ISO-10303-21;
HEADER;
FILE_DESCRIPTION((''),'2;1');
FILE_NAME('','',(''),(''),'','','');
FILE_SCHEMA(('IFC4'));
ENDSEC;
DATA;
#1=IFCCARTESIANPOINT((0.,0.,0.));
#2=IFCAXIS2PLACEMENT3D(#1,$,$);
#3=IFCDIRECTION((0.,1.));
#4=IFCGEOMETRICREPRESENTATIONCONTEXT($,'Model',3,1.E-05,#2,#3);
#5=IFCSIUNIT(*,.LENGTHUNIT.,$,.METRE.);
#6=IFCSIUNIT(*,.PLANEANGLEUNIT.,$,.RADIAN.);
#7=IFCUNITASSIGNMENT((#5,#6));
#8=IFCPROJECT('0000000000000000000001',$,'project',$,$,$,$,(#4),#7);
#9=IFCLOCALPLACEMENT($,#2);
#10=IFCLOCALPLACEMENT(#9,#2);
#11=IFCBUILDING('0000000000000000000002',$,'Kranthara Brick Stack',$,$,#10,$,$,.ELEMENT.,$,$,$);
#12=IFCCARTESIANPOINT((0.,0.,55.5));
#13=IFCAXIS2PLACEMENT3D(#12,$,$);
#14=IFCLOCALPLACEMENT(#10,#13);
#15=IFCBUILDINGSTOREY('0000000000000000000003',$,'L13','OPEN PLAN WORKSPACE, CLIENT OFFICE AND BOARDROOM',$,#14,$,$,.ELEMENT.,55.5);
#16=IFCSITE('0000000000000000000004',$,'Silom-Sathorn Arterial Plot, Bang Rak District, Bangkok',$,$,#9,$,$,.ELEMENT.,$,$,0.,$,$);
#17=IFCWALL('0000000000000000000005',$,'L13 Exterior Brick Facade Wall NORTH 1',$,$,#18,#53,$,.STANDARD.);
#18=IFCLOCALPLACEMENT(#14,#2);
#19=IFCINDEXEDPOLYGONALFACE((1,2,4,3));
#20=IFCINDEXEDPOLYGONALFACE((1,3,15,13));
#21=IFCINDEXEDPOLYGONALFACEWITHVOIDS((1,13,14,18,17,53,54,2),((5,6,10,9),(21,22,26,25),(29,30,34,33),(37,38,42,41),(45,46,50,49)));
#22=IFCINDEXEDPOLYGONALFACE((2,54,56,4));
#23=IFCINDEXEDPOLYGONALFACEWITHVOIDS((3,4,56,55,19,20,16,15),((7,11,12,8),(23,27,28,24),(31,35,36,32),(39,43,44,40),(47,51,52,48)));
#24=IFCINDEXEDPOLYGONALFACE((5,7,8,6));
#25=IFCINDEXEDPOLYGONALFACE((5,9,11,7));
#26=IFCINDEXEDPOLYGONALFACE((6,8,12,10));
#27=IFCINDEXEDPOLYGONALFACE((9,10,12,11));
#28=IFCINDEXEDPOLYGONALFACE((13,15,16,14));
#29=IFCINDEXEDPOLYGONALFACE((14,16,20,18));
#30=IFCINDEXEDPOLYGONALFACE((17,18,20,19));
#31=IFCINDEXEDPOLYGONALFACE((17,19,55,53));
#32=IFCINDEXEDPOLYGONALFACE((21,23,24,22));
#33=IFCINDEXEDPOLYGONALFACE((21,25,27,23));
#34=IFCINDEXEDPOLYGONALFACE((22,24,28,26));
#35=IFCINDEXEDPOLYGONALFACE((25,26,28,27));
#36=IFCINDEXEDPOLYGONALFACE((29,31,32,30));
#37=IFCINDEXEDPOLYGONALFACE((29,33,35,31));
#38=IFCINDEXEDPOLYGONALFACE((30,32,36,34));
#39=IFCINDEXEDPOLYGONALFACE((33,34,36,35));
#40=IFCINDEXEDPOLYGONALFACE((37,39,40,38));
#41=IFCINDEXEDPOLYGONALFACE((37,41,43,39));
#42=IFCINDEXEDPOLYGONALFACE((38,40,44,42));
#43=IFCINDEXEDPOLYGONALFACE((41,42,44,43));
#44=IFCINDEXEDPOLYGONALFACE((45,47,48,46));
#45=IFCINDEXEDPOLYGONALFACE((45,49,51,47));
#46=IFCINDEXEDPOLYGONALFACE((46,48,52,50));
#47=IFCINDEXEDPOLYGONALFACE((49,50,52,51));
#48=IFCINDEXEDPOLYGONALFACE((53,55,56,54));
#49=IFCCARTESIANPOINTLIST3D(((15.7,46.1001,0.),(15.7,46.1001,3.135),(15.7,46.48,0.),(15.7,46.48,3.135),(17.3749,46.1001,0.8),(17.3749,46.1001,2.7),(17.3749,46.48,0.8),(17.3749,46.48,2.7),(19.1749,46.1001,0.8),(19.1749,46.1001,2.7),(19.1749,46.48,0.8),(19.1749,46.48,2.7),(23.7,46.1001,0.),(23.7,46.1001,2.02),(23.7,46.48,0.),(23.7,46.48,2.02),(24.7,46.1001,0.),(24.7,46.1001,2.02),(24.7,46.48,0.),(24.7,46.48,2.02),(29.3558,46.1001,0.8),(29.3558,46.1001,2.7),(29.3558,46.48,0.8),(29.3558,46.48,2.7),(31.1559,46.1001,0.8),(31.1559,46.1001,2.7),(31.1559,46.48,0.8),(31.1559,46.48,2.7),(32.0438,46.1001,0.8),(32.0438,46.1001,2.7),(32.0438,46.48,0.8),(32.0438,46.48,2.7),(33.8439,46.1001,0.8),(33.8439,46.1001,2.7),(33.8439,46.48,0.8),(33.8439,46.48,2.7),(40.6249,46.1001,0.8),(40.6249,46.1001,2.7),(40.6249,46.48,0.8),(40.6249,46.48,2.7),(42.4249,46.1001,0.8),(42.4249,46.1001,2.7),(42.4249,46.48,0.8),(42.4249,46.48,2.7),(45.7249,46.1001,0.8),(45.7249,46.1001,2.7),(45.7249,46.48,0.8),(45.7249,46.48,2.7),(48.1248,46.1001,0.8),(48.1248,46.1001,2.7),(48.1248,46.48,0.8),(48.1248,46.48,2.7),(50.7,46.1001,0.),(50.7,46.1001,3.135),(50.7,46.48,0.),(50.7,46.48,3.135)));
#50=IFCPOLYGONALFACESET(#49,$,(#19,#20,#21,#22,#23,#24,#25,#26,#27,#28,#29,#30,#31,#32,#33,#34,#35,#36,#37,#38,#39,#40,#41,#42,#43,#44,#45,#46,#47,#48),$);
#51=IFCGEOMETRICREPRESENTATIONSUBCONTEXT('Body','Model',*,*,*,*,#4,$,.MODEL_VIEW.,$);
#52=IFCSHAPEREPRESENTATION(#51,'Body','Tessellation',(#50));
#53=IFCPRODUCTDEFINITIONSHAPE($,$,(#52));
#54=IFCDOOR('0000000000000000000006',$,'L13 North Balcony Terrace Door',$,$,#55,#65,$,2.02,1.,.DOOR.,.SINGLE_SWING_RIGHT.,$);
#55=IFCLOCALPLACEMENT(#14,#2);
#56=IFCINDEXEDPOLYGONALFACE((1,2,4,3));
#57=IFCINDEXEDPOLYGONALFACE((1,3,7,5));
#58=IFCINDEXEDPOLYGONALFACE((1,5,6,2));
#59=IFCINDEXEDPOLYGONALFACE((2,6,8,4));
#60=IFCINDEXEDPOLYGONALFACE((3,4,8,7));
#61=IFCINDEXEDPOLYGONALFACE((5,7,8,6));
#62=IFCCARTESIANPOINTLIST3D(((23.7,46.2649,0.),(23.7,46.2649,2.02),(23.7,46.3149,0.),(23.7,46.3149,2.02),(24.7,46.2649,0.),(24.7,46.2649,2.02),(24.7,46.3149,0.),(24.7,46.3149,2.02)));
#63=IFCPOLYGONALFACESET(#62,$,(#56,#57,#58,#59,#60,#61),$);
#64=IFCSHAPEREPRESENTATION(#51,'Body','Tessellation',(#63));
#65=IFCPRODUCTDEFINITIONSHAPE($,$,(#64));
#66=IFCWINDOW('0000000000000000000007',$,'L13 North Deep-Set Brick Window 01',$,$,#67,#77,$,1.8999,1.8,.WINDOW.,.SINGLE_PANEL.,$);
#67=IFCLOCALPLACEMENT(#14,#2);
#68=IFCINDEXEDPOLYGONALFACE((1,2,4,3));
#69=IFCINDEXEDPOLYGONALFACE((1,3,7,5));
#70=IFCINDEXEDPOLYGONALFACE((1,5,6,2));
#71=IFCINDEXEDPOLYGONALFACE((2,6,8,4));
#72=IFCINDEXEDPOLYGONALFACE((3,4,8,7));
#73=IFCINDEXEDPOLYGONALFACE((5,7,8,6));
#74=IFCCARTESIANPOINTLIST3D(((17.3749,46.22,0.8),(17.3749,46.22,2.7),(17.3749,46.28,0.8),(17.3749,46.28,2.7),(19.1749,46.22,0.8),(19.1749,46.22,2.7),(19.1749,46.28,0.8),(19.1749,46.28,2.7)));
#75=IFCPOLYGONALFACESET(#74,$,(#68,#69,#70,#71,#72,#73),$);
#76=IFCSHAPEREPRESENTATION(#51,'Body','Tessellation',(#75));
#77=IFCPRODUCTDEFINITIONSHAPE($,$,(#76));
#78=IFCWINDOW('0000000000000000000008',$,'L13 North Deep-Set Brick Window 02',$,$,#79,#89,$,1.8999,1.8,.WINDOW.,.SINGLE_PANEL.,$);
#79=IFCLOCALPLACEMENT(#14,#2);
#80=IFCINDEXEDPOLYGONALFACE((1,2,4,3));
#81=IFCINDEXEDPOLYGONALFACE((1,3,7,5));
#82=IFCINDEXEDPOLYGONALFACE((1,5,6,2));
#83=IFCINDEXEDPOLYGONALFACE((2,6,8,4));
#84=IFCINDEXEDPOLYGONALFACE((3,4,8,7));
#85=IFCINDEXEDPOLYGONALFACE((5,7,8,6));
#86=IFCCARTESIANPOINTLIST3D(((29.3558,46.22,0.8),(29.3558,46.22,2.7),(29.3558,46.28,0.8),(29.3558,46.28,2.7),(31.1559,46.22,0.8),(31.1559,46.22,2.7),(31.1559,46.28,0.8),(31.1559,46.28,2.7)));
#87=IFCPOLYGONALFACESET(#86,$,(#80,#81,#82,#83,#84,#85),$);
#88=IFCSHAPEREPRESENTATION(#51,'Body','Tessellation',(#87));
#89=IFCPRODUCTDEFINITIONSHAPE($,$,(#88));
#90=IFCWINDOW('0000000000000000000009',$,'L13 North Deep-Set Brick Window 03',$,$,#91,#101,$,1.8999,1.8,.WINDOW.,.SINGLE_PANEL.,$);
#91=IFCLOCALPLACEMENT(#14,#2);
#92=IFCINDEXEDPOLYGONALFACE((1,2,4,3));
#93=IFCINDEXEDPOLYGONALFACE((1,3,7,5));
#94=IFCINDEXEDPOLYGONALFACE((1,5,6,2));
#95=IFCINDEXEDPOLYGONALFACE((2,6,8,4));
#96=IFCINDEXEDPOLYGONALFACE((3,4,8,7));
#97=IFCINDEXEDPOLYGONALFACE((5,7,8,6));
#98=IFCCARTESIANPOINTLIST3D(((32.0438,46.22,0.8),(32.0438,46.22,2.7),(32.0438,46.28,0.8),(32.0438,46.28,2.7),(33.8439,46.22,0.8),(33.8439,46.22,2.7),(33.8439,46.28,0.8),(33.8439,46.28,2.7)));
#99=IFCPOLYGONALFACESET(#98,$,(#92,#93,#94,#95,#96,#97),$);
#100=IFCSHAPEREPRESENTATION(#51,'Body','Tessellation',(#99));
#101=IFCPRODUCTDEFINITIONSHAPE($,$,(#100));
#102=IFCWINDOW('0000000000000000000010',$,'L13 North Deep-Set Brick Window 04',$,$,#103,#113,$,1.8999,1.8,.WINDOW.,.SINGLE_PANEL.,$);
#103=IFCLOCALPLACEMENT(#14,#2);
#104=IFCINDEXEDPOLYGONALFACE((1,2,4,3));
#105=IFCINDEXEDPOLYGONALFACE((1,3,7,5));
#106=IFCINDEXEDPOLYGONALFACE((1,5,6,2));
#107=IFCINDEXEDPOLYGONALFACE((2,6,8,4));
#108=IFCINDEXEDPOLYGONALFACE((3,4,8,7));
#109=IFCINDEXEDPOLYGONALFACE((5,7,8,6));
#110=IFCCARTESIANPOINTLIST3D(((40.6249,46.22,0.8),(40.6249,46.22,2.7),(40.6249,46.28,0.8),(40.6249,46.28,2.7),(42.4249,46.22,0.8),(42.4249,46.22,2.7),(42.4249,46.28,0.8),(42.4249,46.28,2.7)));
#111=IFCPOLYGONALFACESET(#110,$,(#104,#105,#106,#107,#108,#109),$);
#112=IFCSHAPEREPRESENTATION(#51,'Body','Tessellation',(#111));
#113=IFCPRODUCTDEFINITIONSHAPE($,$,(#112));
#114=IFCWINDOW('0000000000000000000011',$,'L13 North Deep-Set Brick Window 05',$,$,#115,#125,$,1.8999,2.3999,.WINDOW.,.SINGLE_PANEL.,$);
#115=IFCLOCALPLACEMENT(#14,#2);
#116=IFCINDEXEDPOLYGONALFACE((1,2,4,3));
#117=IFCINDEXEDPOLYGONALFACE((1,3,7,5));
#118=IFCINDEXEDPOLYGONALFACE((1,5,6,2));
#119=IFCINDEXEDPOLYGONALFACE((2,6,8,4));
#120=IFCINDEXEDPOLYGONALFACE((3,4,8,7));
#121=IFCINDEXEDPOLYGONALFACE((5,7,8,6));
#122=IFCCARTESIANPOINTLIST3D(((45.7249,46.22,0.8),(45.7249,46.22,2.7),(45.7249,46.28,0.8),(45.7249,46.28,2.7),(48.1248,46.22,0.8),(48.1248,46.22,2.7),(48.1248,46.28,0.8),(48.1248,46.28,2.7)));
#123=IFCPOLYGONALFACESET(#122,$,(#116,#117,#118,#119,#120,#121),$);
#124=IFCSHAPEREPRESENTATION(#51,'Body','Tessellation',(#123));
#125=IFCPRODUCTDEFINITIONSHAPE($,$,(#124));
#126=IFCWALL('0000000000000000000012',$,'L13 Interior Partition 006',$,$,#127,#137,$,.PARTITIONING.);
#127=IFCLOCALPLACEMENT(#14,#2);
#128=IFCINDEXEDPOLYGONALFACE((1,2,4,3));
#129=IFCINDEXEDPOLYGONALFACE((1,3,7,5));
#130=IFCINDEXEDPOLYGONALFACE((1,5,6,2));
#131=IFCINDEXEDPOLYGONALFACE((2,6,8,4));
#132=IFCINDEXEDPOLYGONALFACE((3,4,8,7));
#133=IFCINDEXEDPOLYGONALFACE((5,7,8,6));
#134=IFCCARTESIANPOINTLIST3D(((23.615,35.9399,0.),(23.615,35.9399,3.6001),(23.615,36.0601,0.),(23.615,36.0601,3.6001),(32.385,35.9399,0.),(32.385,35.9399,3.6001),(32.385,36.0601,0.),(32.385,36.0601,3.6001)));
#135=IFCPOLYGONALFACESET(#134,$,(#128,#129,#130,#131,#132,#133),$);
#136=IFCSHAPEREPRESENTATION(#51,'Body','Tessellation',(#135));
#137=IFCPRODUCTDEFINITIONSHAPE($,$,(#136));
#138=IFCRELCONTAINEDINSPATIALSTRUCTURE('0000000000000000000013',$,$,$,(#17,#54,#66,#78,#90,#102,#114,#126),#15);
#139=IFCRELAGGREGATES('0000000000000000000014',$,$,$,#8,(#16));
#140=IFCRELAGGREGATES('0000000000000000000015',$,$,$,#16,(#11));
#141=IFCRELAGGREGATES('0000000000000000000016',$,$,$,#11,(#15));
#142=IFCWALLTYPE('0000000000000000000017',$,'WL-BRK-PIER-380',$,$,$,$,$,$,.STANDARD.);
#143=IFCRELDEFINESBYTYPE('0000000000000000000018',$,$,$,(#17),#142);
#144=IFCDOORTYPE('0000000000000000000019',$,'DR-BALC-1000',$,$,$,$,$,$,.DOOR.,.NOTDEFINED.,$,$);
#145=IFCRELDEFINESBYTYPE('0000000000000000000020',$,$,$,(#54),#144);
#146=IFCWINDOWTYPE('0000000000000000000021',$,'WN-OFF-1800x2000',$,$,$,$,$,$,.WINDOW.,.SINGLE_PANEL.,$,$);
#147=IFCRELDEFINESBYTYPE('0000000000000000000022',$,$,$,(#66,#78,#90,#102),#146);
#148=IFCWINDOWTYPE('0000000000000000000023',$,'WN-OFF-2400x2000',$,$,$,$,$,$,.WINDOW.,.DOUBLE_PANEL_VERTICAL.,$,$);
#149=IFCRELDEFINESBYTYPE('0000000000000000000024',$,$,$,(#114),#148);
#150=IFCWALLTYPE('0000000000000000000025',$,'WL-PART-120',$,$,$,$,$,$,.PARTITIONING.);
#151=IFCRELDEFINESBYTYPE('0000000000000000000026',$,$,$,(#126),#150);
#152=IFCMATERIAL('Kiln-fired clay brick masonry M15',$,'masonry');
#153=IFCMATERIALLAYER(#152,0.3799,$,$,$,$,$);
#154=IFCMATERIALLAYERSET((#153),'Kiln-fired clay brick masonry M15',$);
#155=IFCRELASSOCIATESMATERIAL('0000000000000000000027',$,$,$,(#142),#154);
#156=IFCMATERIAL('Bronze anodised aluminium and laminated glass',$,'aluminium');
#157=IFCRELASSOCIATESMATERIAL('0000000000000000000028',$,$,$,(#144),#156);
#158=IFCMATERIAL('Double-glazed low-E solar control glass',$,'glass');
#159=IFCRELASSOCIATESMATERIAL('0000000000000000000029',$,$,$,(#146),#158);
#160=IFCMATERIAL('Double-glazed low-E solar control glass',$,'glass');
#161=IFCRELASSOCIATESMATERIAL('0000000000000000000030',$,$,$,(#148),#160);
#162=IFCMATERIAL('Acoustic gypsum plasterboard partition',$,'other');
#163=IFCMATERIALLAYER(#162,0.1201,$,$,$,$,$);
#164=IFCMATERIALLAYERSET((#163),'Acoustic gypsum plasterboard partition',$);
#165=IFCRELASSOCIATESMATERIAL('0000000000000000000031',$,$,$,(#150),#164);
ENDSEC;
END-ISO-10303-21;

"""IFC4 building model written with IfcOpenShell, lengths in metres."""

from ifc_helpers import new_model, si_unit, direction, frame, frame_2d, origin, place, context, subcontext, project, spatial, rectangle, extrude, material, layer, layer_set, type_object, element, fill, save


model = new_model("IFC4")

# Units and contexts
model_context = context("Model", 3, precision=1e-05, world=origin(), true_north=direction((0.0, 1.0)))
body_context = subcontext(model_context, "Body", "Model", "MODEL_VIEW")
ifc_project = project(units=[si_unit("LENGTHUNIT", "METRE"), si_unit("PLANEANGLEUNIT", "RADIAN")], contexts=[model_context])

# Site, building, storey
site_placement = place(None, origin())
site = spatial("IfcSite", under=ifc_project, at=site_placement, Name="Silom-Sathorn Arterial Plot, Bang Rak District, Bangkok", CompositionType="ELEMENT", RefElevation=0.0)
building_placement = place(site_placement, origin())
building = spatial("IfcBuilding", under=site, at=building_placement, Name="Kranthara Brick Stack", CompositionType="ELEMENT")
storey_placement = place(building_placement, frame((0.0, 0.0, 55.5)))
storey = spatial("IfcBuildingStorey", under=building, at=storey_placement, Name="L13", Description="OPEN PLAN WORKSPACE, CLIENT OFFICE AND BOARDROOM", CompositionType="ELEMENT", Elevation=55.5)

# Shared definitions
ifc_material_1 = material(Name="Kiln-fired clay brick masonry M15", Category="masonry")
ifc_layer_1 = layer(ifc_material_1, 0.3799)
ifc_layer_set_1 = layer_set([ifc_layer_1], Name="Kiln-fired clay brick masonry M15")
wall_type_1 = type_object("IfcWallType", Name="WL-BRK-PIER-380", PredefinedType="STANDARD", material=ifc_layer_set_1)

# Wall, openings, door, windows
wall_1_placement = place(storey_placement, frame((15.7, 46.29, 0.0), z_axis=(0.0, 0.0, 1.0), x_axis=(1.0, 0.0, 0.0)))
wall_1 = element("IfcWall", 1, at=wall_1_placement, inside=storey, type_object=wall_type_1, Name="L13 Exterior Brick Facade Wall NORTH 1", PredefinedType="STANDARD", context=body_context, shape_type="SweptSolid", body=[
    extrude(rectangle(XDim=35.0, YDim=0.3799, at=frame_2d((17.5, 0.0))), origin(), (0.0, 0.0, 1.0), 3.135),
])
opening_1_placement = place(wall_1_placement, frame((8.0, 0.0, 0.0)))
opening_1 = element("IfcOpeningElement", 2, at=opening_1_placement, cuts=wall_1, PredefinedType="OPENING", context=body_context, shape_type="SweptSolid", body=[
    extrude(rectangle(XDim=1.0, YDim=2.02, at=frame_2d((0.5, 1.01))), frame((0.0, 0.2, 0.0), z_axis=(0.0, -1.0, 0.0), x_axis=(1.0, 0.0, 0.0)), (0.0, 0.0, 1.0), 0.3999),
])
opening_2_placement = place(wall_1_placement, frame((1.675, 0.0, 0.8)))
opening_2 = element("IfcOpeningElement", 3, at=opening_2_placement, cuts=wall_1, PredefinedType="OPENING", context=body_context, shape_type="SweptSolid", body=[
    extrude(rectangle(XDim=1.8, YDim=1.8999, at=frame_2d((0.8999, 0.95))), frame((0.0, 0.2, 0.0), z_axis=(0.0, -1.0, 0.0), x_axis=(1.0, 0.0, 0.0)), (0.0, 0.0, 1.0), 0.3999),
])
opening_3_placement = place(wall_1_placement, frame((13.656, 0.0, 0.8)))
opening_3 = element("IfcOpeningElement", 4, at=opening_3_placement, cuts=wall_1, PredefinedType="OPENING", context=body_context, shape_type="SweptSolid", body=[
    extrude(rectangle(XDim=1.8, YDim=1.8999, at=frame_2d((0.8999, 0.95))), frame((0.0, 0.2, 0.0), z_axis=(0.0, -1.0, 0.0), x_axis=(1.0, 0.0, 0.0)), (0.0, 0.0, 1.0), 0.3999),
])
opening_4_placement = place(wall_1_placement, frame((16.344, 0.0, 0.8)))
opening_4 = element("IfcOpeningElement", 5, at=opening_4_placement, cuts=wall_1, PredefinedType="OPENING", context=body_context, shape_type="SweptSolid", body=[
    extrude(rectangle(XDim=1.8, YDim=1.8999, at=frame_2d((0.8999, 0.95))), frame((0.0, 0.2, 0.0), z_axis=(0.0, -1.0, 0.0), x_axis=(1.0, 0.0, 0.0)), (0.0, 0.0, 1.0), 0.3999),
])
opening_5_placement = place(wall_1_placement, frame((24.925, 0.0, 0.8)))
opening_5 = element("IfcOpeningElement", 6, at=opening_5_placement, cuts=wall_1, PredefinedType="OPENING", context=body_context, shape_type="SweptSolid", body=[
    extrude(rectangle(XDim=1.8, YDim=1.8999, at=frame_2d((0.8999, 0.95))), frame((0.0, 0.2, 0.0), z_axis=(0.0, -1.0, 0.0), x_axis=(1.0, 0.0, 0.0)), (0.0, 0.0, 1.0), 0.3999),
])
opening_6_placement = place(wall_1_placement, frame((30.0249, 0.0, 0.8)))
opening_6 = element("IfcOpeningElement", 7, at=opening_6_placement, cuts=wall_1, PredefinedType="OPENING", context=body_context, shape_type="SweptSolid", body=[
    extrude(rectangle(XDim=2.3999, YDim=1.8999, at=frame_2d((1.2, 0.95))), frame((0.0, 0.2, 0.0), z_axis=(0.0, -1.0, 0.0), x_axis=(1.0, 0.0, 0.0)), (0.0, 0.0, 1.0), 0.3999),
])
ifc_material_2 = material(Name="Bronze anodised aluminium and laminated glass", Category="aluminium")
door_type_1 = type_object("IfcDoorType", Name="DR-BALC-1000", OperationType="NOTDEFINED", PredefinedType="DOOR", material=ifc_material_2)
door_1_placement = place(opening_1_placement, origin())
door_1 = element("IfcDoor", 8, at=door_1_placement, inside=storey, type_object=door_type_1, Name="L13 North Balcony Terrace Door", OperationType="SINGLE_SWING_RIGHT", OverallHeight=2.02, OverallWidth=1.0, PredefinedType="DOOR", context=body_context, shape_type="SweptSolid", body=[
    extrude(rectangle(XDim=1.0, YDim=2.02, at=frame_2d((0.5, 1.01))), frame((0.0, 0.0249, 0.0), z_axis=(0.0, -1.0, 0.0), x_axis=(1.0, 0.0, 0.0)), (0.0, 0.0, 1.0), 0.05),
])
fill(opening_1, door_1)
ifc_material_3 = material(Name="Double-glazed low-E solar control glass", Category="glass")
window_type_1 = type_object("IfcWindowType", Name="WN-OFF-1800x2000", PartitioningType="SINGLE_PANEL", PredefinedType="WINDOW", material=ifc_material_3)
window_1_placement = place(opening_2_placement, origin())
window_1 = element("IfcWindow", 9, at=window_1_placement, inside=storey, type_object=window_type_1, Name="L13 North Deep-Set Brick Window 01", OverallHeight=1.8999, OverallWidth=1.8, PartitioningType="SINGLE_PANEL", PredefinedType="WINDOW", context=body_context, shape_type="SweptSolid", body=[
    extrude(rectangle(XDim=1.8, YDim=1.8999, at=frame_2d((0.8999, 0.95))), frame((0.0, -0.01, 0.0), z_axis=(0.0, -1.0, 0.0), x_axis=(1.0, 0.0, 0.0)), (0.0, 0.0, 1.0), 0.0601),
])
fill(opening_2, window_1)
window_2_placement = place(opening_3_placement, origin())
window_2 = element("IfcWindow", 10, at=window_2_placement, inside=storey, type_object=window_type_1, Name="L13 North Deep-Set Brick Window 02", OverallHeight=1.8999, OverallWidth=1.8, PartitioningType="SINGLE_PANEL", PredefinedType="WINDOW", context=body_context, shape_type="SweptSolid", body=[
    extrude(rectangle(XDim=1.8, YDim=1.8999, at=frame_2d((0.8999, 0.95))), frame((0.0, -0.01, 0.0), z_axis=(0.0, -1.0, 0.0), x_axis=(1.0, 0.0, 0.0)), (0.0, 0.0, 1.0), 0.0601),
])
fill(opening_3, window_2)
window_3_placement = place(opening_4_placement, origin())
window_3 = element("IfcWindow", 11, at=window_3_placement, inside=storey, type_object=window_type_1, Name="L13 North Deep-Set Brick Window 03", OverallHeight=1.8999, OverallWidth=1.8, PartitioningType="SINGLE_PANEL", PredefinedType="WINDOW", context=body_context, shape_type="SweptSolid", body=[
    extrude(rectangle(XDim=1.8, YDim=1.8999, at=frame_2d((0.8999, 0.95))), frame((0.0, -0.01, 0.0), z_axis=(0.0, -1.0, 0.0), x_axis=(1.0, 0.0, 0.0)), (0.0, 0.0, 1.0), 0.0601),
])
fill(opening_4, window_3)
window_4_placement = place(opening_5_placement, origin())
window_4 = element("IfcWindow", 12, at=window_4_placement, inside=storey, type_object=window_type_1, Name="L13 North Deep-Set Brick Window 04", OverallHeight=1.8999, OverallWidth=1.8, PartitioningType="SINGLE_PANEL", PredefinedType="WINDOW", context=body_context, shape_type="SweptSolid", body=[
    extrude(rectangle(XDim=1.8, YDim=1.8999, at=frame_2d((0.8999, 0.95))), frame((0.0, -0.01, 0.0), z_axis=(0.0, -1.0, 0.0), x_axis=(1.0, 0.0, 0.0)), (0.0, 0.0, 1.0), 0.0601),
])
fill(opening_5, window_4)
ifc_material_4 = material(Name="Double-glazed low-E solar control glass", Category="glass")
window_type_2 = type_object("IfcWindowType", Name="WN-OFF-2400x2000", PartitioningType="DOUBLE_PANEL_VERTICAL", PredefinedType="WINDOW", material=ifc_material_4)
window_5_placement = place(opening_6_placement, origin())
window_5 = element("IfcWindow", 13, at=window_5_placement, inside=storey, type_object=window_type_2, Name="L13 North Deep-Set Brick Window 05", OverallHeight=1.8999, OverallWidth=2.3999, PartitioningType="SINGLE_PANEL", PredefinedType="WINDOW", context=body_context, shape_type="SweptSolid", body=[
    extrude(rectangle(XDim=2.3999, YDim=1.8999, at=frame_2d((1.2, 0.95))), frame((0.0, -0.01, 0.0), z_axis=(0.0, -1.0, 0.0), x_axis=(1.0, 0.0, 0.0)), (0.0, 0.0, 1.0), 0.0601),
])
fill(opening_6, window_5)

# Wall
ifc_material_5 = material(Name="Acoustic gypsum plasterboard partition", Category="other")
ifc_layer_2 = layer(ifc_material_5, 0.1201)
ifc_layer_set_2 = layer_set([ifc_layer_2], Name="Acoustic gypsum plasterboard partition")
wall_type_2 = type_object("IfcWallType", Name="WL-PART-120", PredefinedType="PARTITIONING", material=ifc_layer_set_2)
wall_2_placement = place(storey_placement, frame((23.615, 36.0, 0.0), z_axis=(0.0, 0.0, 1.0), x_axis=(1.0, 0.0, 0.0)))
element("IfcWall", 14, at=wall_2_placement, inside=storey, type_object=wall_type_2, Name="L13 Interior Partition 006", PredefinedType="PARTITIONING", context=body_context, shape_type="SweptSolid", body=[
    extrude(rectangle(XDim=8.77, YDim=0.1201, at=frame_2d((4.385, 0.0))), origin(), (0.0, 0.0, 1.0), 3.6001),
])

save(model, "model.ifc")
